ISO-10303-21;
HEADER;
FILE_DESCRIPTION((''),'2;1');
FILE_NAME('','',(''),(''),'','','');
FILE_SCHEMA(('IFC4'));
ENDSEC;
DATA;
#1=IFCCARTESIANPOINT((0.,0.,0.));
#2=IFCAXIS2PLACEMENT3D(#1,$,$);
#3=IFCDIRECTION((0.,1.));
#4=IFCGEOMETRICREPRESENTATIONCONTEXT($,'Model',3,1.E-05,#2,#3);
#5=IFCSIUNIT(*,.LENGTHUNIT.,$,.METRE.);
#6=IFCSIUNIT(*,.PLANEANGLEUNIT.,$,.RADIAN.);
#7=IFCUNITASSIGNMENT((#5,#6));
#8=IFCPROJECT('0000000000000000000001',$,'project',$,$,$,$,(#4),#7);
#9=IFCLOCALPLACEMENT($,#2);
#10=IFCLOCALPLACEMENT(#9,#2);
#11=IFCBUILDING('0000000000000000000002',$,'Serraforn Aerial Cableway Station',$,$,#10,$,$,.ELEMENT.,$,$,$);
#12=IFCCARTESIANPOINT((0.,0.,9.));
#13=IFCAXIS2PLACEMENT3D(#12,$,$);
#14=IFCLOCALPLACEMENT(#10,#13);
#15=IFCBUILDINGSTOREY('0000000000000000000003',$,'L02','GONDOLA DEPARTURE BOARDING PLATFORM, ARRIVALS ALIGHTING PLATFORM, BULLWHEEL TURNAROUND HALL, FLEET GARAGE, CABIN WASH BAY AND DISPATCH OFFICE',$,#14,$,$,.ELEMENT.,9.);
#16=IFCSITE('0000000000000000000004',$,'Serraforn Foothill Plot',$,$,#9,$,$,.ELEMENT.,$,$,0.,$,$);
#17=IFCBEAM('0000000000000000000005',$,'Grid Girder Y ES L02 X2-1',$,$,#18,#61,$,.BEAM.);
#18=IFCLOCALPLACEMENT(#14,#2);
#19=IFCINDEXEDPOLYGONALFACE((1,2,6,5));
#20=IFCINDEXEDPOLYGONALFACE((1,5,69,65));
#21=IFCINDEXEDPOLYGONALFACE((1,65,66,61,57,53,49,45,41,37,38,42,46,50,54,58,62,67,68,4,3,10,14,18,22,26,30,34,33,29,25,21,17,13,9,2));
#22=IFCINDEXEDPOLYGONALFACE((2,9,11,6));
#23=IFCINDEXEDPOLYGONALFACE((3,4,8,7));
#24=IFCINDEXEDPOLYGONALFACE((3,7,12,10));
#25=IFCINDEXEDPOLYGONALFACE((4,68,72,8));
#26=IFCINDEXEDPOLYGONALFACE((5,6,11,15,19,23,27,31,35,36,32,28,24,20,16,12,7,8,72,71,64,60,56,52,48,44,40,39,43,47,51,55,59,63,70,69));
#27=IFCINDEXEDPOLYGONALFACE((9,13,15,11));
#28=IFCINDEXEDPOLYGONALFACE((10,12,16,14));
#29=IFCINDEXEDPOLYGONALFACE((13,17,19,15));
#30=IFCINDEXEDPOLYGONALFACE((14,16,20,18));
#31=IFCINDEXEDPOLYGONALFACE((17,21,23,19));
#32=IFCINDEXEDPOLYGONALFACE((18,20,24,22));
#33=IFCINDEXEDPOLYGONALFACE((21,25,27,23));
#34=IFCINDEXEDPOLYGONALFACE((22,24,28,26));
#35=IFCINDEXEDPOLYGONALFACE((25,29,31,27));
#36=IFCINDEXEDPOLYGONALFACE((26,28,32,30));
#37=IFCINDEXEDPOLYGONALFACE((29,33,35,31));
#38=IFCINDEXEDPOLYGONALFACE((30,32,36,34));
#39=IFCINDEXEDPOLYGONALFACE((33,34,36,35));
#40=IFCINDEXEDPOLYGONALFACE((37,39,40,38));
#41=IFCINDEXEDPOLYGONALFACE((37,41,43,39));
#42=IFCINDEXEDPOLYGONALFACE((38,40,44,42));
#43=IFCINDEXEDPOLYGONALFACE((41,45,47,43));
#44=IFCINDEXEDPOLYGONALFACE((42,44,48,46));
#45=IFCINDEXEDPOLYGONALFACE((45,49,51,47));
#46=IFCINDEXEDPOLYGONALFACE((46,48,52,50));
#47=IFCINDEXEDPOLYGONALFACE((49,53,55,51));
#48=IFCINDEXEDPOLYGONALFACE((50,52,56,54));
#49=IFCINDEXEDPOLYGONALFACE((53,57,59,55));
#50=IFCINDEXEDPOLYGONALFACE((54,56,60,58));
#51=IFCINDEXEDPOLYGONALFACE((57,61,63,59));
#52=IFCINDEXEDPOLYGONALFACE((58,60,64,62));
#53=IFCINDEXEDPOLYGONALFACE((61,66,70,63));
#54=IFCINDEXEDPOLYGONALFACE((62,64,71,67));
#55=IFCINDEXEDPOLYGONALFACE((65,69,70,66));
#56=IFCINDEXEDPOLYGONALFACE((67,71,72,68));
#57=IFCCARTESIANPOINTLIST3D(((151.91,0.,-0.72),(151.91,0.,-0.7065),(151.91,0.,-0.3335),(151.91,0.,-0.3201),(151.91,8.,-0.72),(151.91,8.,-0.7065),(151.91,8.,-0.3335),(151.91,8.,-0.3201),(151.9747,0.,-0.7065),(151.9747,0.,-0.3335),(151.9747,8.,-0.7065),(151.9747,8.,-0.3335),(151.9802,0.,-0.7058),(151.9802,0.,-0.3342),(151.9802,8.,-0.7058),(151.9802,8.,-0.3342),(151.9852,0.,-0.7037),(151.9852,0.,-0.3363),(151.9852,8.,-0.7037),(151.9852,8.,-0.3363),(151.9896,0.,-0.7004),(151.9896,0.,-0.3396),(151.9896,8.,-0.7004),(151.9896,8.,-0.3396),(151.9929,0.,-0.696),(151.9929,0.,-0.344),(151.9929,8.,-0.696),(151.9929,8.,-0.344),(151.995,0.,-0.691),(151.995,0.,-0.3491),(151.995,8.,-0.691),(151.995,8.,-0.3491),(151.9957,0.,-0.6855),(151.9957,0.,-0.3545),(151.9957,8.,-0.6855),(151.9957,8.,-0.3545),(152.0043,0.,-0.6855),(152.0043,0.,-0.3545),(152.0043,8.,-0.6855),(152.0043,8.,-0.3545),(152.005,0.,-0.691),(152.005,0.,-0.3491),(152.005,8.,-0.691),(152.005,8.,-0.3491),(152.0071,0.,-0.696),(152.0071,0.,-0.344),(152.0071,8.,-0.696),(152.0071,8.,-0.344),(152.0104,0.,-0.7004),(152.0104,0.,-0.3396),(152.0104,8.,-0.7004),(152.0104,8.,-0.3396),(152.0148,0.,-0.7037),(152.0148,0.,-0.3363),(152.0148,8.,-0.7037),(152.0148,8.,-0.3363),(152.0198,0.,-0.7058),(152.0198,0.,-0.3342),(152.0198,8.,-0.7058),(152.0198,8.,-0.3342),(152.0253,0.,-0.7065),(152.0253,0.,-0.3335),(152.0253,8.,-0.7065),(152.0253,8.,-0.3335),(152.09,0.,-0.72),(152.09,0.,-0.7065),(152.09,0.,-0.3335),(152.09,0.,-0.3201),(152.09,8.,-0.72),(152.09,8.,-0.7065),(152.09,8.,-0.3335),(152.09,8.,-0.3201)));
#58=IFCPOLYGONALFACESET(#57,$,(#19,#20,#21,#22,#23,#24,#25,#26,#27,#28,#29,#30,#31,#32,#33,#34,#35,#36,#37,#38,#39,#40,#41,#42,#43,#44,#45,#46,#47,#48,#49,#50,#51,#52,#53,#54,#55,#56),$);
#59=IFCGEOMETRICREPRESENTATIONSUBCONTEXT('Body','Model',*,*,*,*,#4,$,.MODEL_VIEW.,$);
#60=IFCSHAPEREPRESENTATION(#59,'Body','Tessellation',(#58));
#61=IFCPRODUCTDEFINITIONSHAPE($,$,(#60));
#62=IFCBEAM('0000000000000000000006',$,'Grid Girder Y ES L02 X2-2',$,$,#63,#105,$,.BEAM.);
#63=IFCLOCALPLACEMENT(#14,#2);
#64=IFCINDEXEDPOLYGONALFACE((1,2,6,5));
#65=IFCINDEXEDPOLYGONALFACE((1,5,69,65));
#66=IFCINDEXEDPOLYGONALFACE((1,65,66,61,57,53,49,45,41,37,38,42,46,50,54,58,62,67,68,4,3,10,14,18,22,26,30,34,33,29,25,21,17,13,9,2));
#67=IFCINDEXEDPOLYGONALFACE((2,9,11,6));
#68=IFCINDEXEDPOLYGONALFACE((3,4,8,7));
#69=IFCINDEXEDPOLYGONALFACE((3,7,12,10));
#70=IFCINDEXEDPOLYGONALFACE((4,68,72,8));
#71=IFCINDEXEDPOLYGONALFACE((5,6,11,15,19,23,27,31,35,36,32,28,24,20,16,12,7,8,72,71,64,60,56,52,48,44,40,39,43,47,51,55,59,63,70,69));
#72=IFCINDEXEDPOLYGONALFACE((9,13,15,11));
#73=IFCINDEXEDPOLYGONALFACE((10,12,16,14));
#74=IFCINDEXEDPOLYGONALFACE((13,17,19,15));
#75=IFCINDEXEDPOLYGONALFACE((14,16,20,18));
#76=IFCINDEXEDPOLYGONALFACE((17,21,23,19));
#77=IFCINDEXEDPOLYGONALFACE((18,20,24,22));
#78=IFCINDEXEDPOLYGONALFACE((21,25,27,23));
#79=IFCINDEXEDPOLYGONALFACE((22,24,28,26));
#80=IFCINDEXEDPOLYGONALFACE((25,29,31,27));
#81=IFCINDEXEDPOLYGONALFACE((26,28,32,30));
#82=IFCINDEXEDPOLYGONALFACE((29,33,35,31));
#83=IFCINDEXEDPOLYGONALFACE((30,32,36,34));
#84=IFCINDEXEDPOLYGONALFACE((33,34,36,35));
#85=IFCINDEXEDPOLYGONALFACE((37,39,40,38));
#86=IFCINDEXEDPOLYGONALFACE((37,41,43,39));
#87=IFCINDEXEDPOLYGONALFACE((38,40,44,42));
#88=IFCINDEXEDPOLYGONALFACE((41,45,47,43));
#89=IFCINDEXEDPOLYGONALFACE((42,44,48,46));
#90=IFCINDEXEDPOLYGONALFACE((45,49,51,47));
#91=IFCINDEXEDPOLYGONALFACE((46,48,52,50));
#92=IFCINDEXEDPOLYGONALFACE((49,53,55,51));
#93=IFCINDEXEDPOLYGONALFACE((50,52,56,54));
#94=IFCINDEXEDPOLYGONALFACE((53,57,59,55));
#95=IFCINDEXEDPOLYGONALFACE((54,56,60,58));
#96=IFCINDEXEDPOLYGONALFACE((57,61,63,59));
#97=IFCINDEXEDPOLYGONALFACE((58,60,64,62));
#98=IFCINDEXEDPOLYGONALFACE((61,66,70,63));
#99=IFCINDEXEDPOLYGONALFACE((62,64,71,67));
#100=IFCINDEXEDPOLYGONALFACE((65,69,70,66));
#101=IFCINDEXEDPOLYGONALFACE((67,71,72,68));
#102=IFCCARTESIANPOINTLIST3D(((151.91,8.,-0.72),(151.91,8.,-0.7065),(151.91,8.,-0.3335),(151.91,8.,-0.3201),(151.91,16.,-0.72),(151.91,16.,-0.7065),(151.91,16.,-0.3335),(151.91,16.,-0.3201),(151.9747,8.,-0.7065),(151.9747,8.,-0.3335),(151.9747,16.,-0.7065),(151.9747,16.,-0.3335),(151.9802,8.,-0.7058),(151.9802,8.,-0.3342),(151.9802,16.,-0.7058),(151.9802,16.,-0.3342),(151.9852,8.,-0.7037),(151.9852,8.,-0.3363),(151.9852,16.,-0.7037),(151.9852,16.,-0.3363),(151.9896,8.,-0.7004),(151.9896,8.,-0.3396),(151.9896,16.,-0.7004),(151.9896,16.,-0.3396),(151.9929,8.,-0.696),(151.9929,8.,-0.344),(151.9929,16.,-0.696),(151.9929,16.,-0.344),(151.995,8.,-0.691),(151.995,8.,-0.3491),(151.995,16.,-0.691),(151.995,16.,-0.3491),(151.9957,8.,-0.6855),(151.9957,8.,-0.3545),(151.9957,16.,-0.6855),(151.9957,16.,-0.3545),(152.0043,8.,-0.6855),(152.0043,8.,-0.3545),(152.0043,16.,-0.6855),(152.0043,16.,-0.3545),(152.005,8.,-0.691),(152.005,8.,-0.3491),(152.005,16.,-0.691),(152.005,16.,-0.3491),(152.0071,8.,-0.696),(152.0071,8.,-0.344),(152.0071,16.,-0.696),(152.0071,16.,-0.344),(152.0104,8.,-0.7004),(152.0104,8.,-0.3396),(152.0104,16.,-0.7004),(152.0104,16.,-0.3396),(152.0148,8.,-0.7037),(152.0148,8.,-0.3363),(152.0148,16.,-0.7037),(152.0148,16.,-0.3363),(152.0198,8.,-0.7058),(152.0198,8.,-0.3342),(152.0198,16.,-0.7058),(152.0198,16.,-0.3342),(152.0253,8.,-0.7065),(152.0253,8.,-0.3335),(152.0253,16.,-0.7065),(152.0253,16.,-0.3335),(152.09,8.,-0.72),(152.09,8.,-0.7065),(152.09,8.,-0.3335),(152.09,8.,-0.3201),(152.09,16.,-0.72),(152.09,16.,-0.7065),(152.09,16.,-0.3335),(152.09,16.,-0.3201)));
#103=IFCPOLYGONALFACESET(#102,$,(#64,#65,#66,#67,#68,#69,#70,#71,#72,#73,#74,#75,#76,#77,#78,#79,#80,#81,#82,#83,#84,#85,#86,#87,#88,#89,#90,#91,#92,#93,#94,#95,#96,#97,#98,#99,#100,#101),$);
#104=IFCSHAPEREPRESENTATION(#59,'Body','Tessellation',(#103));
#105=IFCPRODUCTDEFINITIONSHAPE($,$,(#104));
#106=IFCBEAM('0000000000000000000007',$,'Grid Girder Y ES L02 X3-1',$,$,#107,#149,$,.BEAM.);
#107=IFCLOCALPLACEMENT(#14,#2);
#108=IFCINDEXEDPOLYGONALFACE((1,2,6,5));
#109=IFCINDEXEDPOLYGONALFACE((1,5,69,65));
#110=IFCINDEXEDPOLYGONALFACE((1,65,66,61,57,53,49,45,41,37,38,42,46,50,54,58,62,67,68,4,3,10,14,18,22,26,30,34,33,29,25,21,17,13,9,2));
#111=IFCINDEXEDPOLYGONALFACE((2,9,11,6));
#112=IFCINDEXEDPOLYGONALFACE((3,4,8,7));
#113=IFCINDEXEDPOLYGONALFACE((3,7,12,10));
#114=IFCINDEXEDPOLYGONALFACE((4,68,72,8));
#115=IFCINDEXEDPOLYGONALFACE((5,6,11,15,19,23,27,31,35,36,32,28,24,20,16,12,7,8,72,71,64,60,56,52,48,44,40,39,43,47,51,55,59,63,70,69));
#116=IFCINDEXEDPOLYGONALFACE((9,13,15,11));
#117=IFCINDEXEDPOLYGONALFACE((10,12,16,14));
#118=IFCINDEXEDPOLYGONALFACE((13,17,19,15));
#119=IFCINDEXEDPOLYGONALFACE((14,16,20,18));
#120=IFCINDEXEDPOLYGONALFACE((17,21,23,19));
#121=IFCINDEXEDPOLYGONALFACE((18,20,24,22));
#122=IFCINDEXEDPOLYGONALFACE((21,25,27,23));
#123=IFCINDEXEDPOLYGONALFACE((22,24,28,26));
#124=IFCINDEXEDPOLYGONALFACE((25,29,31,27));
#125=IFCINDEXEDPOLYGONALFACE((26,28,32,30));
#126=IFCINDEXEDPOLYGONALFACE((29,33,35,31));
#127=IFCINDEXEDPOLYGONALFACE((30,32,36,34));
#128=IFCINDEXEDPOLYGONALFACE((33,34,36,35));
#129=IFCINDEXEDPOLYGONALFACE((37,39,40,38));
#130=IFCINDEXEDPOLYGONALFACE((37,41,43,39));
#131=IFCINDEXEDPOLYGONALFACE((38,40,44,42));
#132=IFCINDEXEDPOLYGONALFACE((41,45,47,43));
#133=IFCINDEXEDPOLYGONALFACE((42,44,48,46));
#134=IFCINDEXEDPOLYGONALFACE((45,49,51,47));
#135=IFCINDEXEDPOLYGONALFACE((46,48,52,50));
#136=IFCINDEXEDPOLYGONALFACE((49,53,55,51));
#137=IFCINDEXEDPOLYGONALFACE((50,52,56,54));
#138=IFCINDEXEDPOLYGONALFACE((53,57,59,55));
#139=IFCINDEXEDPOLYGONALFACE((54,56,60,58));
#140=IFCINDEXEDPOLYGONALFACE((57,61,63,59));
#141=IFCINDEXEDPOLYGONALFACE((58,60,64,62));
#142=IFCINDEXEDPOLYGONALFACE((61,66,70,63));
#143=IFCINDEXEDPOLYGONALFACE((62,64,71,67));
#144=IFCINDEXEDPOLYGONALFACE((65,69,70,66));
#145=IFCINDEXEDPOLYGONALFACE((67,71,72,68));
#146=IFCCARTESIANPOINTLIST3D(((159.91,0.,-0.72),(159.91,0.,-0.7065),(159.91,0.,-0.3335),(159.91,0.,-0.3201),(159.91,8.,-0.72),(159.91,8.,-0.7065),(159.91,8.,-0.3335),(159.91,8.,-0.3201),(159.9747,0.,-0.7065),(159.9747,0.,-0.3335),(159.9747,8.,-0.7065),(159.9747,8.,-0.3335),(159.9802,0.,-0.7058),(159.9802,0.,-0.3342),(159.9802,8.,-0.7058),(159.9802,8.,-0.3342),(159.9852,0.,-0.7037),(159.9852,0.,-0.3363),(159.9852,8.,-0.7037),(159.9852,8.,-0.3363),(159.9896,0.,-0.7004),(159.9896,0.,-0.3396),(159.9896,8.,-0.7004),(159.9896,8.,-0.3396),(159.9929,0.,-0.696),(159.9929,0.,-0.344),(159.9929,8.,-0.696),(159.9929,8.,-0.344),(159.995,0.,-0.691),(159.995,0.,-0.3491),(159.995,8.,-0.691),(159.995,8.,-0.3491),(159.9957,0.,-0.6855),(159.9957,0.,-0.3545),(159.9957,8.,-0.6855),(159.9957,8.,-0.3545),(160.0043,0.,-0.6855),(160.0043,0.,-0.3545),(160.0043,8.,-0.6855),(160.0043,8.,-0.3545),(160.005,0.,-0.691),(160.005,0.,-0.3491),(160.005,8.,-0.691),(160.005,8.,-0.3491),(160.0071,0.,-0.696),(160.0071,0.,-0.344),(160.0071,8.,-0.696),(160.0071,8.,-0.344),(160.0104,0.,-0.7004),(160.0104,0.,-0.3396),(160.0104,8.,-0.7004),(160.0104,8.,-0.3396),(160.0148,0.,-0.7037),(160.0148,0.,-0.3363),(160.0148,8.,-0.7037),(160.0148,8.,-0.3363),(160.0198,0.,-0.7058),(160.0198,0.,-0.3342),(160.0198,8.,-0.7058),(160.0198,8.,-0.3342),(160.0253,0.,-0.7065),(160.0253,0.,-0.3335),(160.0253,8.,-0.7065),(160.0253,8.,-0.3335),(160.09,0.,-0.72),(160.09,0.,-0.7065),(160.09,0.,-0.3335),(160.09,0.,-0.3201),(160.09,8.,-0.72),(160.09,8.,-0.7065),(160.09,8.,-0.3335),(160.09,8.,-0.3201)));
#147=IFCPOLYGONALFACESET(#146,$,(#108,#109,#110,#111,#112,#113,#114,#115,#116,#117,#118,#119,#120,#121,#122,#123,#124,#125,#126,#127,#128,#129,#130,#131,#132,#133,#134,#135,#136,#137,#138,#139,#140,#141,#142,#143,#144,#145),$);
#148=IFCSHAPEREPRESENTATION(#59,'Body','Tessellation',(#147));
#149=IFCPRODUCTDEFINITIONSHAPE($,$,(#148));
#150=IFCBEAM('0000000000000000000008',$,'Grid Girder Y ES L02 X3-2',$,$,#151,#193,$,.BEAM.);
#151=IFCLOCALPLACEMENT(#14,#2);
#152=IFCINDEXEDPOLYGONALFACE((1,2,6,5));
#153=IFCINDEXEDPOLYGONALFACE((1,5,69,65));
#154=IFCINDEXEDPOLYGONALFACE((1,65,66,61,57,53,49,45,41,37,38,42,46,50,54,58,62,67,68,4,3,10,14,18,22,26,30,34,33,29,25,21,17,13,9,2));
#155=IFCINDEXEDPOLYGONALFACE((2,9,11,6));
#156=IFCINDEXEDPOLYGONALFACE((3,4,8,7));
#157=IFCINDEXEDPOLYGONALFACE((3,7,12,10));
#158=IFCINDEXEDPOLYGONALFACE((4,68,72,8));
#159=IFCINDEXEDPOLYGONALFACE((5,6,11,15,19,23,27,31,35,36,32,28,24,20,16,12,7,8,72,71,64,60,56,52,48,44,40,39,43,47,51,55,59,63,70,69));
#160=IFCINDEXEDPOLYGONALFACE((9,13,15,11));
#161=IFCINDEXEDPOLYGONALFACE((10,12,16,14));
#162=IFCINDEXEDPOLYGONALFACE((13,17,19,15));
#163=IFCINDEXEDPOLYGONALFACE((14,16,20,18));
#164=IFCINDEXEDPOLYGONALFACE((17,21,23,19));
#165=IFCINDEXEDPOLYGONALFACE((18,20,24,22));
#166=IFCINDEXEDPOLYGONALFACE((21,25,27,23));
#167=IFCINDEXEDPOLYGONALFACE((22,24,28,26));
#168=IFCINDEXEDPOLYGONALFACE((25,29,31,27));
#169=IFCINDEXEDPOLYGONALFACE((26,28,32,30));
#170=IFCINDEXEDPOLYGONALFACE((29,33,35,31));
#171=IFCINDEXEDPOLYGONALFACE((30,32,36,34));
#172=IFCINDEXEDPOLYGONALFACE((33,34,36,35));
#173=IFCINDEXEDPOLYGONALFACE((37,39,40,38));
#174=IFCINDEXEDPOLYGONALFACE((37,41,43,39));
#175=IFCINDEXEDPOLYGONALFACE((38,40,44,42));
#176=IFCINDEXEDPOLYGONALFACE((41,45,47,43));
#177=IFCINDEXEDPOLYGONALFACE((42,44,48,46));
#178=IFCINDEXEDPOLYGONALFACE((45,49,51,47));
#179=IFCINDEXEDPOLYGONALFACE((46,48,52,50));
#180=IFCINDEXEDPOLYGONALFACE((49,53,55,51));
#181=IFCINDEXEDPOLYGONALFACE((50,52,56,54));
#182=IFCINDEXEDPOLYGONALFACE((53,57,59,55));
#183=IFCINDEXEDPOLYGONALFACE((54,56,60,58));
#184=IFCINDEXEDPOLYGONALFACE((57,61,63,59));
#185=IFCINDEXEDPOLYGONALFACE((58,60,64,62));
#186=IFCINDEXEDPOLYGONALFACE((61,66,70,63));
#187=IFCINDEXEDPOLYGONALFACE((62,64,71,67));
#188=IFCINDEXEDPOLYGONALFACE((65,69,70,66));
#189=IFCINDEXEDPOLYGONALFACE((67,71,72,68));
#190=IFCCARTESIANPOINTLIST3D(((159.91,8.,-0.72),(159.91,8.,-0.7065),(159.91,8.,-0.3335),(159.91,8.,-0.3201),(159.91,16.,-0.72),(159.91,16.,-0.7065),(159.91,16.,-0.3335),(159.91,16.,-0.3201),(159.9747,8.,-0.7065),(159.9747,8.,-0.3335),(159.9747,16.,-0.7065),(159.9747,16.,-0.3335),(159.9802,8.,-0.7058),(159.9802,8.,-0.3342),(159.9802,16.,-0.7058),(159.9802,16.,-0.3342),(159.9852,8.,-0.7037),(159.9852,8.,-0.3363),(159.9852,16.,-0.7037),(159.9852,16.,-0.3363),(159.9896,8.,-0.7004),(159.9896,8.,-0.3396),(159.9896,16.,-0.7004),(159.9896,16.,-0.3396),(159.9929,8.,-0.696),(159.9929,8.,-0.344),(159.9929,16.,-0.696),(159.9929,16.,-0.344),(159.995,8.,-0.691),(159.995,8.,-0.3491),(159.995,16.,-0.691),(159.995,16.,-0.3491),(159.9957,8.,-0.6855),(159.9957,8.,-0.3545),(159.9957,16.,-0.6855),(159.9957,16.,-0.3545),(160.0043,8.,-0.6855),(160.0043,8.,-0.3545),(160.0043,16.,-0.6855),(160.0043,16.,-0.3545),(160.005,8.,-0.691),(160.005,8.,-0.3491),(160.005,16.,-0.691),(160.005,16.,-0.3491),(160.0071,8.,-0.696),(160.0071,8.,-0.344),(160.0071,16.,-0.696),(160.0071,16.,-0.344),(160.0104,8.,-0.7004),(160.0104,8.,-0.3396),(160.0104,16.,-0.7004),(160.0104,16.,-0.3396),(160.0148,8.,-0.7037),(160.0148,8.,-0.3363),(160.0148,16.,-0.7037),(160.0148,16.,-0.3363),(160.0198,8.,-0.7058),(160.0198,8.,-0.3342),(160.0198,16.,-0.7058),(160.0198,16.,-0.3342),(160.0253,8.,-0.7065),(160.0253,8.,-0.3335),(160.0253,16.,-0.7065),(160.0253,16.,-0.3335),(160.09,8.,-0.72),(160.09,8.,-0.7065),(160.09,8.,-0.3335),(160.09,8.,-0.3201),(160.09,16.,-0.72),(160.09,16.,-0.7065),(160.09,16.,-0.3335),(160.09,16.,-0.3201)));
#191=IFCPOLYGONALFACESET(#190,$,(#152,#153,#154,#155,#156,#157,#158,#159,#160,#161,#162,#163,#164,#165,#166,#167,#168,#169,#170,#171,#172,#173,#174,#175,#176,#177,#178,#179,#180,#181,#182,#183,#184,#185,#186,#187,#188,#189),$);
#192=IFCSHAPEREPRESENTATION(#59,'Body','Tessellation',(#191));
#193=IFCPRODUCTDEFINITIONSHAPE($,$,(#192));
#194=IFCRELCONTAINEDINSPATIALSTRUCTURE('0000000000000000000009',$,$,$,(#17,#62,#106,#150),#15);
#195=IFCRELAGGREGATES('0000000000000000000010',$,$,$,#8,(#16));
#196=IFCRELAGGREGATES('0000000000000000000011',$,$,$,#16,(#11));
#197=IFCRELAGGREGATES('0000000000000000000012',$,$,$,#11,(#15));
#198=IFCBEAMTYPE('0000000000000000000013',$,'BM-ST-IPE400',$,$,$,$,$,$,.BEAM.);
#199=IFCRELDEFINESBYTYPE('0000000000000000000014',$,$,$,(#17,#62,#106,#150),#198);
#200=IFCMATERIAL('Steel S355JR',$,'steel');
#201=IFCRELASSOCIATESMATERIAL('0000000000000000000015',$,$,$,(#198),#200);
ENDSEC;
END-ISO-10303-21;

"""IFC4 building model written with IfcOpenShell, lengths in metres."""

from ifc_helpers import new_model, si_unit, direction, frame, origin, origin_2d, place, context, subcontext, project, spatial, i_section, extrude, material, material_profile, profile_set, type_object, element, save


model = new_model("IFC4")

# Units and contexts
model_context = context("Model", 3, precision=1e-05, world=origin(), true_north=direction((0.0, 1.0)))
body_context = subcontext(model_context, "Body", "Model", "MODEL_VIEW")
ifc_project = project(units=[si_unit("LENGTHUNIT", "METRE"), si_unit("PLANEANGLEUNIT", "RADIAN")], contexts=[model_context])

# Site, building, storey
site_placement = place(None, origin())
site = spatial("IfcSite", under=ifc_project, at=site_placement, Name="Serraforn Foothill Plot", CompositionType="ELEMENT", RefElevation=0.0)
building_placement = place(site_placement, origin())
building = spatial("IfcBuilding", under=site, at=building_placement, Name="Serraforn Aerial Cableway Station", CompositionType="ELEMENT")
storey_placement = place(building_placement, frame((0.0, 0.0, 9.0)))
storey = spatial("IfcBuildingStorey", under=building, at=storey_placement, Name="L02", Description="GONDOLA DEPARTURE BOARDING PLATFORM, ARRIVALS ALIGHTING PLATFORM, BULLWHEEL TURNAROUND HALL, FLEET GARAGE, CABIN WASH BAY AND DISPATCH OFFICE", CompositionType="ELEMENT", Elevation=9.0)

# Beams
ifc_material_1 = material(Name="Steel S355JR", Category="steel")
ifc_material_profile_1 = material_profile(ifc_material_1, i_section(OverallWidth=0.1799, OverallDepth=0.3999, WebThickness=0.0085, FlangeThickness=0.0134, FilletRadius=0.021, at=origin_2d()), Name="IPE 400")
ifc_profile_set_1 = profile_set([ifc_material_profile_1], Name="Steel S355JR")
beam_type_1 = type_object("IfcBeamType", Name="BM-ST-IPE400", PredefinedType="BEAM", material=ifc_profile_set_1)
for number, where, z_axis, x_axis, name in (
    (1, (152.0, 0.0, -0.52), (0.0, 1.0, 0.0), (-1.0, 0.0, 0.0), "Grid Girder Y ES L02 X2-1"),
    (2, (152.0, 8.0, -0.52), (0.0, 1.0, 0.0), (-1.0, 0.0, 0.0), "Grid Girder Y ES L02 X2-2"),
    (3, (160.0, 0.0, -0.52), (0.0, 1.0, 0.0), (-1.0, 0.0, 0.0), "Grid Girder Y ES L02 X3-1"),
    (4, (160.0, 8.0, -0.52), (0.0, 1.0, 0.0), (-1.0, 0.0, 0.0), "Grid Girder Y ES L02 X3-2"),
):
    element("IfcBeam", number, at=place(storey_placement, frame(where, z_axis=z_axis, x_axis=x_axis)), inside=storey, type_object=beam_type_1, Name=name, PredefinedType="BEAM", context=body_context, shape_type="SweptSolid", body=[
        extrude(i_section(OverallWidth=0.1799, OverallDepth=0.3999, WebThickness=0.0085, FlangeThickness=0.0134, FilletRadius=0.021, at=origin_2d()), origin(), (0.0, 0.0, 1.0), 8.0),
    ])

save(model, "model.ifc")
